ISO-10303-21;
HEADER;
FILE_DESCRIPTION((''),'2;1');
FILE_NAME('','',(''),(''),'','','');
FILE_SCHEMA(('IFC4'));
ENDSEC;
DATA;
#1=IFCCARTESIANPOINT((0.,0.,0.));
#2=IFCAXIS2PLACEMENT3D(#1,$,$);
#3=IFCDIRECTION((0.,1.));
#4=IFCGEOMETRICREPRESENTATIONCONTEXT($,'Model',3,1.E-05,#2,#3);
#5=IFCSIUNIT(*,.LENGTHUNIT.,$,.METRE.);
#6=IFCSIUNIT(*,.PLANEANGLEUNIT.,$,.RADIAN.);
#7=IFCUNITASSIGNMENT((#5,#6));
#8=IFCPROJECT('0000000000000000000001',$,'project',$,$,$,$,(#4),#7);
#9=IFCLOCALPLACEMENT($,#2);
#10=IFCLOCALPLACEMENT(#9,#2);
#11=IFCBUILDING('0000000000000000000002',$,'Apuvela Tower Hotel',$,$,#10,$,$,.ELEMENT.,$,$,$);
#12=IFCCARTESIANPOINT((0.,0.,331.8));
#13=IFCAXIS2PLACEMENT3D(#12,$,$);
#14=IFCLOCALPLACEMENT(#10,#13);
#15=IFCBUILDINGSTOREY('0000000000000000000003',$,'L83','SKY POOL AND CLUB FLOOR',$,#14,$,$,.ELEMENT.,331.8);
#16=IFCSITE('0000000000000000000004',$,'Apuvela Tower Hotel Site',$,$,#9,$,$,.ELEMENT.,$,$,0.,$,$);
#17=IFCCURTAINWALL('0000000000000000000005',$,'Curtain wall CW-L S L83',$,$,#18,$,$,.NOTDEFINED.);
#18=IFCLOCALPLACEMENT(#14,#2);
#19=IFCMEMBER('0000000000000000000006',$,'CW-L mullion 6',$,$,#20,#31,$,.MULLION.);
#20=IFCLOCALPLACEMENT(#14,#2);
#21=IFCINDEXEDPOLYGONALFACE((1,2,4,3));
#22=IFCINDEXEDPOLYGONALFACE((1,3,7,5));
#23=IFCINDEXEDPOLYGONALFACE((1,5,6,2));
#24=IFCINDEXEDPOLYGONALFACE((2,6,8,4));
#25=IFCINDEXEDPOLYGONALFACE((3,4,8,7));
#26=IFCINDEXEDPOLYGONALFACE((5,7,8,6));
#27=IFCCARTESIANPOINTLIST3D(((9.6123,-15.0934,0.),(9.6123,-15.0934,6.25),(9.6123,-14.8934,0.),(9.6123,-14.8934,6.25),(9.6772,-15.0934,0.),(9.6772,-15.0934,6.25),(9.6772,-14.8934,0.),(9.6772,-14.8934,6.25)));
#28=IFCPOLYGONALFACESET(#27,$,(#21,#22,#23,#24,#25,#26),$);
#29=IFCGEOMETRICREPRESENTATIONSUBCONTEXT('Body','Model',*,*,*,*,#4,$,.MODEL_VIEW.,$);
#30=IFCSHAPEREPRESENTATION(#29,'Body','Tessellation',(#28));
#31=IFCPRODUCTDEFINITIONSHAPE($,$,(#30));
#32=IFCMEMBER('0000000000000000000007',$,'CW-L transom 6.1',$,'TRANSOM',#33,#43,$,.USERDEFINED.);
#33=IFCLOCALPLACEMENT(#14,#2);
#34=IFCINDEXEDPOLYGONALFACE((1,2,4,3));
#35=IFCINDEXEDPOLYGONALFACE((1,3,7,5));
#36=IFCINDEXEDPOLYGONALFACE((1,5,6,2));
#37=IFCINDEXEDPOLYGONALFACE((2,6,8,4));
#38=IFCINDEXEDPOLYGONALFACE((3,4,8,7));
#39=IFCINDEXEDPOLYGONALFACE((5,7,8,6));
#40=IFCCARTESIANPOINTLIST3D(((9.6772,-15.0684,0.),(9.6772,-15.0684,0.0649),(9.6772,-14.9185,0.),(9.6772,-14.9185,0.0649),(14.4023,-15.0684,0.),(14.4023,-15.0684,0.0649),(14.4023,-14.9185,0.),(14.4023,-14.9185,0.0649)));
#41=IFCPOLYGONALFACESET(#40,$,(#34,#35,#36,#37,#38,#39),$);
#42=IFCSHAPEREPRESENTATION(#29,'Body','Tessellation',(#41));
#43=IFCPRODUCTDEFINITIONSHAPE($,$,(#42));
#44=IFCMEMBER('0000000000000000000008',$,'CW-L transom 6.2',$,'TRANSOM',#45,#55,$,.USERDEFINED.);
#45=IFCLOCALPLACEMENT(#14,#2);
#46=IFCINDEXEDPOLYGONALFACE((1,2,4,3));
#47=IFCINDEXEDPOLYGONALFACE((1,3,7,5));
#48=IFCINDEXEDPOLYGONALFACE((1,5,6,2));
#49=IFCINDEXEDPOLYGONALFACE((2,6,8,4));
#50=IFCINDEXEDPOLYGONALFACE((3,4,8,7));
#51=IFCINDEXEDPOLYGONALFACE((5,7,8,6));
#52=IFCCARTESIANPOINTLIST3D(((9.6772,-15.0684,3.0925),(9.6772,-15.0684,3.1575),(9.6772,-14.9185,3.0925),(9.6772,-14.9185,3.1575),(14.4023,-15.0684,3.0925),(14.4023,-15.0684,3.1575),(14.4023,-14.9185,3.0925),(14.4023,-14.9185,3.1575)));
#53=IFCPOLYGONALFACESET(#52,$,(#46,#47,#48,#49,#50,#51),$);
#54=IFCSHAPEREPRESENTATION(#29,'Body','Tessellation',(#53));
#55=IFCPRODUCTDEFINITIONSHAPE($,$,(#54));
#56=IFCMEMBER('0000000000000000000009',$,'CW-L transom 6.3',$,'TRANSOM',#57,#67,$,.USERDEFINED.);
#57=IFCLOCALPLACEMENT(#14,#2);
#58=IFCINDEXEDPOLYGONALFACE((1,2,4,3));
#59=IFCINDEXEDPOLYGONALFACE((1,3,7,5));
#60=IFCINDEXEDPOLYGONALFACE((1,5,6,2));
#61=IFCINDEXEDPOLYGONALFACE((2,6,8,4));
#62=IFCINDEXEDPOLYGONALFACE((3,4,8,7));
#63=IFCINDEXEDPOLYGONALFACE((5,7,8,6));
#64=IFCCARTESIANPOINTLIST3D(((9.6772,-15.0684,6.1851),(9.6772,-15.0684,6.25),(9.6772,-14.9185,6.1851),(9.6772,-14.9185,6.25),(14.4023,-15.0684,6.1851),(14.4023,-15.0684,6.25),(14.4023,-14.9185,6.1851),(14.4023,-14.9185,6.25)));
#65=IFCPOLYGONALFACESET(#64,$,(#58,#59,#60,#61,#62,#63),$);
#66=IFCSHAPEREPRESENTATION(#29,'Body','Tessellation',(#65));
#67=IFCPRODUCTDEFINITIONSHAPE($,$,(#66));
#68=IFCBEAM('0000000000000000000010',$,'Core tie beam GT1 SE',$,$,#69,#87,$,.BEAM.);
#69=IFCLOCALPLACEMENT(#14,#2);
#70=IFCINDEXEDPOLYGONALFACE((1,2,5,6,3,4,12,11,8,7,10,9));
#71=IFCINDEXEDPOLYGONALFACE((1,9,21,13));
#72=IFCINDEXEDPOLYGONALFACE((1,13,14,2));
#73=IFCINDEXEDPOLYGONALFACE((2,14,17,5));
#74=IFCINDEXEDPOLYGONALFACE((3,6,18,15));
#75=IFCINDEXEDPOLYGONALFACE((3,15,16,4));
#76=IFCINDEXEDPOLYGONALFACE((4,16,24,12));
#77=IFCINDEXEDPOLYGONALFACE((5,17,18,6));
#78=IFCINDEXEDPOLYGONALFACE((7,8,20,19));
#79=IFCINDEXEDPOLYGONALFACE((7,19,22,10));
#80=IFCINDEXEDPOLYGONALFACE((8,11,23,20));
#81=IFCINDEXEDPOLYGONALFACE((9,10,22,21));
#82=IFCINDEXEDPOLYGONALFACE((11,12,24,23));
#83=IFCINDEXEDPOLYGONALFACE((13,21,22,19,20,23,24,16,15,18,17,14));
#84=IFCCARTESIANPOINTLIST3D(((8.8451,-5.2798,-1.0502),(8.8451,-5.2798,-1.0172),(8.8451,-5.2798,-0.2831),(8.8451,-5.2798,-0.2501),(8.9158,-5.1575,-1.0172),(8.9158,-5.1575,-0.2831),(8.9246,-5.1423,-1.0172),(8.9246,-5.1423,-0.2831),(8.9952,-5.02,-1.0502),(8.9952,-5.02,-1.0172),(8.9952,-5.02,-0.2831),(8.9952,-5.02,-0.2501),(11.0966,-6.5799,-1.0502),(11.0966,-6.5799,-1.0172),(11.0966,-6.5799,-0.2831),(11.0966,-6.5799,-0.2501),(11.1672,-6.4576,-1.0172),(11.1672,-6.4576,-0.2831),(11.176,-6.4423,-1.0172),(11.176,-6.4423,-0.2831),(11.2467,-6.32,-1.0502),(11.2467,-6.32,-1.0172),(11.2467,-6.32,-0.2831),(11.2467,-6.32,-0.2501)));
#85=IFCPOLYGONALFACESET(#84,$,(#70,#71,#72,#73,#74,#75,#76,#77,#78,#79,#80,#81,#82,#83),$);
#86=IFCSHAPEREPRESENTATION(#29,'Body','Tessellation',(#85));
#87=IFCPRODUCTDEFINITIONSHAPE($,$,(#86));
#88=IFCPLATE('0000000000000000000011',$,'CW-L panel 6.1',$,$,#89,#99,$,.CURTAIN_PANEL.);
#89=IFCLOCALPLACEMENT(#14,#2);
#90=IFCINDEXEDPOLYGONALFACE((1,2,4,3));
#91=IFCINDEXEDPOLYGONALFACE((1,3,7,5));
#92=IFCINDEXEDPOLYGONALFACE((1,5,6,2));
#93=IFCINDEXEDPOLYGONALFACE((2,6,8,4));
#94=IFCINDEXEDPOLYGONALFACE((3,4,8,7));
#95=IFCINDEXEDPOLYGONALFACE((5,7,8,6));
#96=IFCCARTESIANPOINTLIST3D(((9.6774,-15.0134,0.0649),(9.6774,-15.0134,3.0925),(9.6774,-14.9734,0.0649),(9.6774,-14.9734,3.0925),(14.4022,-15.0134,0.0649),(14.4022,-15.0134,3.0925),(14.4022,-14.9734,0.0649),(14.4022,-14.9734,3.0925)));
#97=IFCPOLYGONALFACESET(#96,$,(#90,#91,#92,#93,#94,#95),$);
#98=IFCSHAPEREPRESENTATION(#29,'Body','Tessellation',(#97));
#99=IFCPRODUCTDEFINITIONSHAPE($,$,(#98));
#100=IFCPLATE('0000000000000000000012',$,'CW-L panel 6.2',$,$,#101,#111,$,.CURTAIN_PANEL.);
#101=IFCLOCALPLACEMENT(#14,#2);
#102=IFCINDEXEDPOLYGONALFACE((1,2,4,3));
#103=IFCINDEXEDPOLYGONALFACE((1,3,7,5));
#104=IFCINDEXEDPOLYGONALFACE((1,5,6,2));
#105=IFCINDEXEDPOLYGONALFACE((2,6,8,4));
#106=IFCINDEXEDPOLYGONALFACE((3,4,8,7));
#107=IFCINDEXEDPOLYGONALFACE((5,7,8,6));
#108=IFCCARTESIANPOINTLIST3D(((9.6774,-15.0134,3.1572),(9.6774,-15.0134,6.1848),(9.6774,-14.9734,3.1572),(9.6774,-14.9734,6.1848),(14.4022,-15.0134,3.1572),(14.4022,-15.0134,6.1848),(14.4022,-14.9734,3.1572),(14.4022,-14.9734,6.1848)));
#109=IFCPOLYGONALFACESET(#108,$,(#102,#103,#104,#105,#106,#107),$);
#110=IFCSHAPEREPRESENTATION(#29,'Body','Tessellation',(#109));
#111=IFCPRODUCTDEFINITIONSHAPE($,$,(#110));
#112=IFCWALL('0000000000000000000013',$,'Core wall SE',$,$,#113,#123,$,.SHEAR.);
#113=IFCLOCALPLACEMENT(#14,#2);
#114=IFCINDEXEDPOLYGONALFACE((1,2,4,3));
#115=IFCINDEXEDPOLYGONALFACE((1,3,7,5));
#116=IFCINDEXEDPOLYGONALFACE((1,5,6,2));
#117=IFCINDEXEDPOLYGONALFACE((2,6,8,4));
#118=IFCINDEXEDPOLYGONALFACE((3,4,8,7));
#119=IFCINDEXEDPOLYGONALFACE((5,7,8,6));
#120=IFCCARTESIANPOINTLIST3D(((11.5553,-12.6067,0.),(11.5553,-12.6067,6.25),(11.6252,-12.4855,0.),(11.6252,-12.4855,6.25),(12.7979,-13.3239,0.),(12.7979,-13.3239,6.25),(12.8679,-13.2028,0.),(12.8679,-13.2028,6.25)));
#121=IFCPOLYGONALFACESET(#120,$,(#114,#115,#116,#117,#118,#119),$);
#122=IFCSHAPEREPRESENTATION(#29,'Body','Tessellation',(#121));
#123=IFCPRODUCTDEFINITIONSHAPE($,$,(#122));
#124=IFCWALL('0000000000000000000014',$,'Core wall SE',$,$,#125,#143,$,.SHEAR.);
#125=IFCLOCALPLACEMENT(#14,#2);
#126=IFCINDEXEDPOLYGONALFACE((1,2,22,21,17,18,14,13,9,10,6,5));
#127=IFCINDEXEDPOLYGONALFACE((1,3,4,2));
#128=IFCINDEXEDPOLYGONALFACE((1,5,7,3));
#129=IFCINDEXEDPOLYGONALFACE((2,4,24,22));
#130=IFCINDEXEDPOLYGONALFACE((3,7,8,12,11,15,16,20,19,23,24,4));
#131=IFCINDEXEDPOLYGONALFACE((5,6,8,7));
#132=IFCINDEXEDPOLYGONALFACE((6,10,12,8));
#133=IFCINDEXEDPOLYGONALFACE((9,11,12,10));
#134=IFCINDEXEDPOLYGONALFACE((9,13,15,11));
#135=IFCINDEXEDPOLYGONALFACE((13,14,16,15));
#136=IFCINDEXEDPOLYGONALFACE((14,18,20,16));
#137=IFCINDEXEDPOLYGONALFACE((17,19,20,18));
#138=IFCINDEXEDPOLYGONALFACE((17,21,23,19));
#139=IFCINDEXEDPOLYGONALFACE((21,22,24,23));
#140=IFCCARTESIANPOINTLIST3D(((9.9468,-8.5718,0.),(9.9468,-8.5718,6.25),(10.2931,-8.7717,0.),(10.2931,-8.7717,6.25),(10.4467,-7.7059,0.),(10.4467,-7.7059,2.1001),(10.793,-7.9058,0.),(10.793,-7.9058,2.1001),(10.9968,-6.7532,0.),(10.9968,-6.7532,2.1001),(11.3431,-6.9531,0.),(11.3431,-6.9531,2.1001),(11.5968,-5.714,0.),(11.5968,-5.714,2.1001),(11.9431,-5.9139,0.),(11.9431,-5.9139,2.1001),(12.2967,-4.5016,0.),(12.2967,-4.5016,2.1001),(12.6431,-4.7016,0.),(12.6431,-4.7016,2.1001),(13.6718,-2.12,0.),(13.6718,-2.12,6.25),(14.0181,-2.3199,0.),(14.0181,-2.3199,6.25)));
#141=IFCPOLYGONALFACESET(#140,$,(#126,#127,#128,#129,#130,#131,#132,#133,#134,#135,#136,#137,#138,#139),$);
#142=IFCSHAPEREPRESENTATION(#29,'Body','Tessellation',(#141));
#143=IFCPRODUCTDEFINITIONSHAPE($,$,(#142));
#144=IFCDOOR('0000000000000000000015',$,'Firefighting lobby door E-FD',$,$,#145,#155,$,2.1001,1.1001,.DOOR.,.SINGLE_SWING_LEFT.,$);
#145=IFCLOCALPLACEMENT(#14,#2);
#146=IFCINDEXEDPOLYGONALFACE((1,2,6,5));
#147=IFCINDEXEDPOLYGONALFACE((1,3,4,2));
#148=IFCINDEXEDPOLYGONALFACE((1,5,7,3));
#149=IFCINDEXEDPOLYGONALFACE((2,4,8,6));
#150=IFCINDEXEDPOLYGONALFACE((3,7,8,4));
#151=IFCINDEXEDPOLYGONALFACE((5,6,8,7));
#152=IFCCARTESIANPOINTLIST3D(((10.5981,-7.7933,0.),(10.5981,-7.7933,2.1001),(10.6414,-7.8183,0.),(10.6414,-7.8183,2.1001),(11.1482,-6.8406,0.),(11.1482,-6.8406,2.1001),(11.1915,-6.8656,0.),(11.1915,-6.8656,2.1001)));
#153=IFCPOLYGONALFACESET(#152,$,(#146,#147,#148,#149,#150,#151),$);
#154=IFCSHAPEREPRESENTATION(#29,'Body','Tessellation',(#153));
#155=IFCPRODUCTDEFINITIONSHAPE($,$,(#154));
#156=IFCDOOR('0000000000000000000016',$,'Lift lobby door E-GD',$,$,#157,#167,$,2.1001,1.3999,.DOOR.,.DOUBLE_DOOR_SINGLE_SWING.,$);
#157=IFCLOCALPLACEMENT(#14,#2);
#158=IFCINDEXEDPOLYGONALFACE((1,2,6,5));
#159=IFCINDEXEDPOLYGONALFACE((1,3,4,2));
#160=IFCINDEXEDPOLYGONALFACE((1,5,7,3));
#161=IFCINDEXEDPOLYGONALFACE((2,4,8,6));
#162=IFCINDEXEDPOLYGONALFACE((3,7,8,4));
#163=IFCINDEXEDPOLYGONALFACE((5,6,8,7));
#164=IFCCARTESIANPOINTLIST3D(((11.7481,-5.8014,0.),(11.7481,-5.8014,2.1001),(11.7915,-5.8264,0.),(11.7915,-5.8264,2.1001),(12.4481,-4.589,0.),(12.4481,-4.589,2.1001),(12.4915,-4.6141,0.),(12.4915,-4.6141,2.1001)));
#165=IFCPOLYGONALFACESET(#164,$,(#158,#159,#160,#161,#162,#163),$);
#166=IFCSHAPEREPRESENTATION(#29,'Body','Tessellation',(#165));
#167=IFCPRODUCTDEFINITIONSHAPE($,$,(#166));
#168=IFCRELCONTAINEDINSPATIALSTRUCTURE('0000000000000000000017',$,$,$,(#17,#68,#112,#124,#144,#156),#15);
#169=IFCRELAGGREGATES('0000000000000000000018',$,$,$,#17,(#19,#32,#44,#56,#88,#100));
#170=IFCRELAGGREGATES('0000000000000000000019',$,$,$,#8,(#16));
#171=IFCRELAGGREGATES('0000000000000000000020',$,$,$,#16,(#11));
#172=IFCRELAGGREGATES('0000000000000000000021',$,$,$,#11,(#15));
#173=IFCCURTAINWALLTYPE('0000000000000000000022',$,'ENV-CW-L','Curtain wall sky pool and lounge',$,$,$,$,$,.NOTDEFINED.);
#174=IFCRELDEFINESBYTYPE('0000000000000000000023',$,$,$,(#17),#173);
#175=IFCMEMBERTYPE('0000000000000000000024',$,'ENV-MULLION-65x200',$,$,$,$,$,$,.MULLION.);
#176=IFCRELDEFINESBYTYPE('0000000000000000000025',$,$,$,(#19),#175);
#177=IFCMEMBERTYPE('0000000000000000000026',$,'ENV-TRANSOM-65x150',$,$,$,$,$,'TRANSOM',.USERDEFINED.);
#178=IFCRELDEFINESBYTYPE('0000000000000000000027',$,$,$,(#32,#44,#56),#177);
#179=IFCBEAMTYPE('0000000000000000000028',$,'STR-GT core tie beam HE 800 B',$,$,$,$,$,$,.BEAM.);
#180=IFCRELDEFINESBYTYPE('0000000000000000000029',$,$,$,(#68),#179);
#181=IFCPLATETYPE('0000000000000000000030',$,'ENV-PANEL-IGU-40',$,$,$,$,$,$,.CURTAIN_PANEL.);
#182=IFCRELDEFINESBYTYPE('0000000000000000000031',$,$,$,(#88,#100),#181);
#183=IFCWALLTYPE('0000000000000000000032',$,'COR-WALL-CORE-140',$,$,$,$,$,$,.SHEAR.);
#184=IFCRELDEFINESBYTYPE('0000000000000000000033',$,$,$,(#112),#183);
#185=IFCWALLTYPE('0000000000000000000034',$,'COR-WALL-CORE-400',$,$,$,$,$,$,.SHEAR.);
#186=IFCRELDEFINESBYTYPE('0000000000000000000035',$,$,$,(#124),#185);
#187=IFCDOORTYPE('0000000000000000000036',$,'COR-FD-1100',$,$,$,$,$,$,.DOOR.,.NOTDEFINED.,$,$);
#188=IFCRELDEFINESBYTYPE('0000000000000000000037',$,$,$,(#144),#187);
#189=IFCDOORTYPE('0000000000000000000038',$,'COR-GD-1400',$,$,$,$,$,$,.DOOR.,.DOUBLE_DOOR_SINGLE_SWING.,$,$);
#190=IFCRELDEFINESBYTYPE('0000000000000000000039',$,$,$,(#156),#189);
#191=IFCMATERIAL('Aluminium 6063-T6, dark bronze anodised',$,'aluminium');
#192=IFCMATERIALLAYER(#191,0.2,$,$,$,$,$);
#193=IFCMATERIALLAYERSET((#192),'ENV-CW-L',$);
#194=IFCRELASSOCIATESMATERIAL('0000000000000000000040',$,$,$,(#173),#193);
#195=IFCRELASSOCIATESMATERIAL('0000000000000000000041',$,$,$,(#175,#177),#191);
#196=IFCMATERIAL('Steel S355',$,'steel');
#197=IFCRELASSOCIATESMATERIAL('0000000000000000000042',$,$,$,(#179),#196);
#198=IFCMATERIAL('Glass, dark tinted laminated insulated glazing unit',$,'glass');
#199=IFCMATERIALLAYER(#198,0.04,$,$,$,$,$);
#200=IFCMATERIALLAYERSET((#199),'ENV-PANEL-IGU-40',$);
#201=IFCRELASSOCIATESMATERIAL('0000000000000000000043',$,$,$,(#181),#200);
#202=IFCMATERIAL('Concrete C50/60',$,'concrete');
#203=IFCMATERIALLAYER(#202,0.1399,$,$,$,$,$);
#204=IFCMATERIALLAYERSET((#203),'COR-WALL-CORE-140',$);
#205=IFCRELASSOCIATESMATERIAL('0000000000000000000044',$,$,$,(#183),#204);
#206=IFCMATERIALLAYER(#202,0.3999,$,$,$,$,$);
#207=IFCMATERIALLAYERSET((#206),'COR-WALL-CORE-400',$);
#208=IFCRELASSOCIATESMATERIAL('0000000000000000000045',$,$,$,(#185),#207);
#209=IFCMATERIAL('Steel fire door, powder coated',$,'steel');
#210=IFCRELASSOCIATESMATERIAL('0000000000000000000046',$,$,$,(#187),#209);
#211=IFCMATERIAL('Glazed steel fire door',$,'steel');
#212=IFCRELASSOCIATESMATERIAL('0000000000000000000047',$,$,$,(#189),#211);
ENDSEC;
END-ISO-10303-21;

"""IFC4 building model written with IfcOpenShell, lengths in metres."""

from ifc_helpers import new_model, si_unit, direction, frame, frame_2d, origin, origin_2d, place, context, subcontext, project, spatial, rectangle, i_section, extrude, material, layer, layer_set, material_profile, profile_set, type_object, element, fill, aggregate, save


model = new_model("IFC4")

# Units and contexts
model_context = context("Model", 3, precision=1e-05, world=origin(), true_north=direction((0.0, 1.0)))
body_context = subcontext(model_context, "Body", "Model", "MODEL_VIEW")
ifc_project = project(units=[si_unit("LENGTHUNIT", "METRE"), si_unit("PLANEANGLEUNIT", "RADIAN")], contexts=[model_context])

# Site, building, storey
site_placement = place(None, origin())
site = spatial("IfcSite", under=ifc_project, at=site_placement, Name="Apuvela Tower Hotel Site", CompositionType="ELEMENT", RefElevation=0.0)
building_placement = place(site_placement, origin())
building = spatial("IfcBuilding", under=site, at=building_placement, Name="Apuvela Tower Hotel", CompositionType="ELEMENT")
storey_placement = place(building_placement, frame((0.0, 0.0, 331.8)))
storey = spatial("IfcBuildingStorey", under=building, at=storey_placement, Name="L83", Description="SKY POOL AND CLUB FLOOR", CompositionType="ELEMENT", Elevation=331.8)

# Curtain wall, members
ifc_material_1 = material(Name="Aluminium 6063-T6, dark bronze anodised", Category="aluminium")
ifc_layer_1 = layer(ifc_material_1, 0.2)
ifc_layer_set_1 = layer_set([ifc_layer_1], Name="ENV-CW-L")
curtain_wall_type = type_object("IfcCurtainWallType", Name="ENV-CW-L", Description="Curtain wall sky pool and lounge", PredefinedType="NOTDEFINED", material=ifc_layer_set_1)
curtain_wall_placement = place(storey_placement, origin())
curtain_wall = element("IfcCurtainWall", 1, at=curtain_wall_placement, inside=storey, type_object=curtain_wall_type, Name="Curtain wall CW-L S L83", PredefinedType="NOTDEFINED")
ifc_material_profile_1 = material_profile(ifc_material_1, rectangle(XDim=0.2, YDim=0.0649, at=origin_2d()), Name="AL 65x200")
ifc_profile_set_1 = profile_set([ifc_material_profile_1], Name="Aluminium 6063-T6, dark bronze anodised")
member_type_1 = type_object("IfcMemberType", Name="ENV-MULLION-65x200", PredefinedType="MULLION", material=ifc_profile_set_1)
member_1_placement = place(storey_placement, frame((9.6448, -14.9934, 0.0), z_axis=(0.0, 0.0, 1.0), x_axis=(0.0, 1.0, 0.0)))
member_1 = element("IfcMember", 2, at=member_1_placement, type_object=member_type_1, Name="CW-L mullion 6", PredefinedType="MULLION", context=body_context, shape_type="SweptSolid", body=[
    extrude(rectangle(XDim=0.2, YDim=0.0649, at=origin_2d()), origin(), (0.0, 0.0, 1.0), 6.25),
])
ifc_material_profile_2 = material_profile(ifc_material_1, rectangle(XDim=0.1499, YDim=0.0649, at=origin_2d()), Name="AL 65x150 transom")
ifc_profile_set_2 = profile_set([ifc_material_profile_2], Name="Aluminium 6063-T6, dark bronze anodised")
member_type_2 = type_object("IfcMemberType", Name="ENV-TRANSOM-65x150", ElementType="TRANSOM", PredefinedType="USERDEFINED", material=ifc_profile_set_2)
member_2_placement = place(storey_placement, frame((9.6772, -14.9934, 0.0325), z_axis=(1.0, 0.0, 0.0), x_axis=(0.0, 1.0, 0.0)))
member_2 = element("IfcMember", 3, at=member_2_placement, type_object=member_type_2, Name="CW-L transom 6.1", ObjectType="TRANSOM", PredefinedType="USERDEFINED", context=body_context, shape_type="SweptSolid", body=[
    extrude(rectangle(XDim=0.1499, YDim=0.0649, at=origin_2d()), origin(), (0.0, 0.0, 1.0), 4.7251),
])
member_3_placement = place(storey_placement, frame((9.6772, -14.9934, 3.125), z_axis=(1.0, 0.0, 0.0), x_axis=(0.0, 1.0, 0.0)))
member_3 = element("IfcMember", 4, at=member_3_placement, type_object=member_type_2, Name="CW-L transom 6.2", ObjectType="TRANSOM", PredefinedType="USERDEFINED", context=body_context, shape_type="SweptSolid", body=[
    extrude(rectangle(XDim=0.1499, YDim=0.0649, at=origin_2d()), origin(), (0.0, 0.0, 1.0), 4.7251),
])
member_4_placement = place(storey_placement, frame((9.6772, -14.9934, 6.2175), z_axis=(1.0, 0.0, 0.0), x_axis=(0.0, 1.0, 0.0)))
member_4 = element("IfcMember", 5, at=member_4_placement, type_object=member_type_2, Name="CW-L transom 6.3", ObjectType="TRANSOM", PredefinedType="USERDEFINED", context=body_context, shape_type="SweptSolid", body=[
    extrude(rectangle(XDim=0.1499, YDim=0.0649, at=origin_2d()), origin(), (0.0, 0.0, 1.0), 4.7251),
])

# Beam
ifc_material_2 = material(Name="Steel S355", Category="steel")
ifc_material_profile_3 = material_profile(ifc_material_2, i_section(OverallWidth=0.3, OverallDepth=0.8, WebThickness=0.0176, FlangeThickness=0.033, at=origin_2d()), Name="HE 800 B")
ifc_profile_set_3 = profile_set([ifc_material_profile_3], Name="Steel S355")
beam_type = type_object("IfcBeamType", Name="STR-GT core tie beam HE 800 B", PredefinedType="BEAM", material=ifc_profile_set_3)
beam_placement = place(storey_placement, frame((11.1716, -6.45, -0.6501), z_axis=(-0.865998, 0.500048, 0.0), x_axis=(-0.500048, -0.865998, 0.0)))
element("IfcBeam", 6, at=beam_placement, inside=storey, type_object=beam_type, Name="Core tie beam GT1 SE", PredefinedType="BEAM", context=body_context, shape_type="SweptSolid", body=[
    extrude(i_section(OverallWidth=0.3, OverallDepth=0.8, WebThickness=0.0176, FlangeThickness=0.033, at=origin_2d()), origin(), (0.0, 0.0, 1.0), 2.5999),
])

# Plates
ifc_material_3 = material(Name="Glass, dark tinted laminated insulated glazing unit", Category="glass")
ifc_layer_2 = layer(ifc_material_3, 0.04)
ifc_layer_set_2 = layer_set([ifc_layer_2], Name="ENV-PANEL-IGU-40")
plate_type = type_object("IfcPlateType", Name="ENV-PANEL-IGU-40", PredefinedType="CURTAIN_PANEL", material=ifc_layer_set_2)
plate_1_placement = place(storey_placement, frame((12.0398, -14.9934, 0.0649), z_axis=(0.0, 0.0, 1.0), x_axis=(1.0, 0.0, 0.0)))
plate_1 = element("IfcPlate", 7, at=plate_1_placement, type_object=plate_type, Name="CW-L panel 6.1", PredefinedType="CURTAIN_PANEL", context=body_context, shape_type="SweptSolid", body=[
    extrude(rectangle(XDim=4.7249, YDim=0.04, at=origin_2d()), origin(), (0.0, 0.0, 1.0), 3.0276),
])
plate_2_placement = place(storey_placement, frame((12.0398, -14.9934, 3.1572), z_axis=(0.0, 0.0, 1.0), x_axis=(1.0, 0.0, 0.0)))
plate_2 = element("IfcPlate", 8, at=plate_2_placement, type_object=plate_type, Name="CW-L panel 6.2", PredefinedType="CURTAIN_PANEL", context=body_context, shape_type="SweptSolid", body=[
    extrude(rectangle(XDim=4.7249, YDim=0.04, at=origin_2d()), origin(), (0.0, 0.0, 1.0), 3.0276),
])
aggregate(curtain_wall, [member_1, member_2, member_3, member_4, plate_1, plate_2])

# Wall
ifc_material_4 = material(Name="Concrete C50/60", Category="concrete")
ifc_layer_3 = layer(ifc_material_4, 0.1399)
ifc_layer_set_3 = layer_set([ifc_layer_3], Name="COR-WALL-CORE-140")
wall_type_1 = type_object("IfcWallType", Name="COR-WALL-CORE-140", PredefinedType="SHEAR", material=ifc_layer_set_3)
wall_1_placement = place(storey_placement, frame((11.5903, -12.5461, 0.0), z_axis=(0.0, 0.0, 1.0), x_axis=(0.866078, -0.499909, 0.0)))
element("IfcWall", 9, at=wall_1_placement, inside=storey, type_object=wall_type_1, Name="Core wall SE", PredefinedType="SHEAR", context=body_context, shape_type="SweptSolid", body=[
    extrude(rectangle(XDim=1.4348, YDim=0.1399, at=frame_2d((0.7173, 0.0))), origin(), (0.0, 0.0, 1.0), 6.25),
])

# Wall, openings, doors
ifc_layer_4 = layer(ifc_material_4, 0.3999)
ifc_layer_set_4 = layer_set([ifc_layer_4], Name="COR-WALL-CORE-400")
wall_type_2 = type_object("IfcWallType", Name="COR-WALL-CORE-400", PredefinedType="SHEAR", material=ifc_layer_set_4)
wall_2_placement = place(storey_placement, frame((10.1199, -8.6719, 0.0), z_axis=(0.0, 0.0, 1.0), x_axis=(0.500009, 0.86602, 0.0)))
wall_2 = element("IfcWall", 10, at=wall_2_placement, inside=storey, type_object=wall_type_2, Name="Core wall SE", PredefinedType="SHEAR", context=body_context, shape_type="SweptSolid", body=[
    extrude(rectangle(XDim=7.45, YDim=0.3999, at=frame_2d((3.7251, 0.0))), origin(), (0.0, 0.0, 1.0), 6.25),
])
opening_1_placement = place(wall_2_placement, frame((1.0, 0.0, 0.0)))
opening_1 = element("IfcOpeningElement", 11, at=opening_1_placement, cuts=wall_2, PredefinedType="OPENING", context=body_context, shape_type="SweptSolid", body=[
    extrude(rectangle(XDim=1.1001, YDim=2.1001, at=frame_2d((0.55, 1.05))), frame((0.0, 0.21, 0.0), z_axis=(0.0, -1.0, 0.0), x_axis=(1.0, 0.0, 0.0)), (0.0, 0.0, 1.0), 0.4199),
])
opening_2_placement = place(wall_2_placement, frame((3.3, 0.0, 0.0)))
opening_2 = element("IfcOpeningElement", 12, at=opening_2_placement, cuts=wall_2, PredefinedType="OPENING", context=body_context, shape_type="SweptSolid", body=[
    extrude(rectangle(XDim=1.3999, YDim=2.1001, at=frame_2d((0.7, 1.05))), frame((0.0, 0.21, 0.0), z_axis=(0.0, -1.0, 0.0), x_axis=(1.0, 0.0, 0.0)), (0.0, 0.0, 1.0), 0.4199),
])
ifc_material_5 = material(Name="Steel fire door, powder coated", Category="steel")
door_type_1 = type_object("IfcDoorType", Name="COR-FD-1100", OperationType="NOTDEFINED", PredefinedType="DOOR", material=ifc_material_5)
door_1_placement = place(opening_1_placement, frame((1.1001, 0.0, 0.0), z_axis=(0.0, 0.0, 1.0), x_axis=(-1.0, 0.0, 0.0)))
door_1 = element("IfcDoor", 13, at=door_1_placement, inside=storey, type_object=door_type_1, Name="Firefighting lobby door E-FD", OperationType="SINGLE_SWING_LEFT", OverallHeight=2.1001, OverallWidth=1.1001, PredefinedType="DOOR", context=body_context, shape_type="SweptSolid", body=[
    extrude(rectangle(XDim=1.1001, YDim=2.1001, at=frame_2d((0.55, 1.05))), frame((0.0, 0.0249, 0.0), z_axis=(0.0, -1.0, 0.0), x_axis=(1.0, 0.0, 0.0)), (0.0, 0.0, 1.0), 0.05),
])
fill(opening_1, door_1)
ifc_material_6 = material(Name="Glazed steel fire door", Category="steel")
door_type_2 = type_object("IfcDoorType", Name="COR-GD-1400", OperationType="DOUBLE_DOOR_SINGLE_SWING", PredefinedType="DOOR", material=ifc_material_6)
door_2_placement = place(opening_2_placement, frame((1.3999, 0.0, 0.0), z_axis=(0.0, 0.0, 1.0), x_axis=(-1.0, 0.0, 0.0)))
door_2 = element("IfcDoor", 14, at=door_2_placement, inside=storey, type_object=door_type_2, Name="Lift lobby door E-GD", OperationType="DOUBLE_DOOR_SINGLE_SWING", OverallHeight=2.1001, OverallWidth=1.3999, PredefinedType="DOOR", context=body_context, shape_type="SweptSolid", body=[
    extrude(rectangle(XDim=1.3999, YDim=2.1001, at=frame_2d((0.7, 1.05))), frame((0.0, 0.0249, 0.0), z_axis=(0.0, -1.0, 0.0), x_axis=(1.0, 0.0, 0.0)), (0.0, 0.0, 1.0), 0.05),
])
fill(opening_2, door_2)

save(model, "model.ifc")
